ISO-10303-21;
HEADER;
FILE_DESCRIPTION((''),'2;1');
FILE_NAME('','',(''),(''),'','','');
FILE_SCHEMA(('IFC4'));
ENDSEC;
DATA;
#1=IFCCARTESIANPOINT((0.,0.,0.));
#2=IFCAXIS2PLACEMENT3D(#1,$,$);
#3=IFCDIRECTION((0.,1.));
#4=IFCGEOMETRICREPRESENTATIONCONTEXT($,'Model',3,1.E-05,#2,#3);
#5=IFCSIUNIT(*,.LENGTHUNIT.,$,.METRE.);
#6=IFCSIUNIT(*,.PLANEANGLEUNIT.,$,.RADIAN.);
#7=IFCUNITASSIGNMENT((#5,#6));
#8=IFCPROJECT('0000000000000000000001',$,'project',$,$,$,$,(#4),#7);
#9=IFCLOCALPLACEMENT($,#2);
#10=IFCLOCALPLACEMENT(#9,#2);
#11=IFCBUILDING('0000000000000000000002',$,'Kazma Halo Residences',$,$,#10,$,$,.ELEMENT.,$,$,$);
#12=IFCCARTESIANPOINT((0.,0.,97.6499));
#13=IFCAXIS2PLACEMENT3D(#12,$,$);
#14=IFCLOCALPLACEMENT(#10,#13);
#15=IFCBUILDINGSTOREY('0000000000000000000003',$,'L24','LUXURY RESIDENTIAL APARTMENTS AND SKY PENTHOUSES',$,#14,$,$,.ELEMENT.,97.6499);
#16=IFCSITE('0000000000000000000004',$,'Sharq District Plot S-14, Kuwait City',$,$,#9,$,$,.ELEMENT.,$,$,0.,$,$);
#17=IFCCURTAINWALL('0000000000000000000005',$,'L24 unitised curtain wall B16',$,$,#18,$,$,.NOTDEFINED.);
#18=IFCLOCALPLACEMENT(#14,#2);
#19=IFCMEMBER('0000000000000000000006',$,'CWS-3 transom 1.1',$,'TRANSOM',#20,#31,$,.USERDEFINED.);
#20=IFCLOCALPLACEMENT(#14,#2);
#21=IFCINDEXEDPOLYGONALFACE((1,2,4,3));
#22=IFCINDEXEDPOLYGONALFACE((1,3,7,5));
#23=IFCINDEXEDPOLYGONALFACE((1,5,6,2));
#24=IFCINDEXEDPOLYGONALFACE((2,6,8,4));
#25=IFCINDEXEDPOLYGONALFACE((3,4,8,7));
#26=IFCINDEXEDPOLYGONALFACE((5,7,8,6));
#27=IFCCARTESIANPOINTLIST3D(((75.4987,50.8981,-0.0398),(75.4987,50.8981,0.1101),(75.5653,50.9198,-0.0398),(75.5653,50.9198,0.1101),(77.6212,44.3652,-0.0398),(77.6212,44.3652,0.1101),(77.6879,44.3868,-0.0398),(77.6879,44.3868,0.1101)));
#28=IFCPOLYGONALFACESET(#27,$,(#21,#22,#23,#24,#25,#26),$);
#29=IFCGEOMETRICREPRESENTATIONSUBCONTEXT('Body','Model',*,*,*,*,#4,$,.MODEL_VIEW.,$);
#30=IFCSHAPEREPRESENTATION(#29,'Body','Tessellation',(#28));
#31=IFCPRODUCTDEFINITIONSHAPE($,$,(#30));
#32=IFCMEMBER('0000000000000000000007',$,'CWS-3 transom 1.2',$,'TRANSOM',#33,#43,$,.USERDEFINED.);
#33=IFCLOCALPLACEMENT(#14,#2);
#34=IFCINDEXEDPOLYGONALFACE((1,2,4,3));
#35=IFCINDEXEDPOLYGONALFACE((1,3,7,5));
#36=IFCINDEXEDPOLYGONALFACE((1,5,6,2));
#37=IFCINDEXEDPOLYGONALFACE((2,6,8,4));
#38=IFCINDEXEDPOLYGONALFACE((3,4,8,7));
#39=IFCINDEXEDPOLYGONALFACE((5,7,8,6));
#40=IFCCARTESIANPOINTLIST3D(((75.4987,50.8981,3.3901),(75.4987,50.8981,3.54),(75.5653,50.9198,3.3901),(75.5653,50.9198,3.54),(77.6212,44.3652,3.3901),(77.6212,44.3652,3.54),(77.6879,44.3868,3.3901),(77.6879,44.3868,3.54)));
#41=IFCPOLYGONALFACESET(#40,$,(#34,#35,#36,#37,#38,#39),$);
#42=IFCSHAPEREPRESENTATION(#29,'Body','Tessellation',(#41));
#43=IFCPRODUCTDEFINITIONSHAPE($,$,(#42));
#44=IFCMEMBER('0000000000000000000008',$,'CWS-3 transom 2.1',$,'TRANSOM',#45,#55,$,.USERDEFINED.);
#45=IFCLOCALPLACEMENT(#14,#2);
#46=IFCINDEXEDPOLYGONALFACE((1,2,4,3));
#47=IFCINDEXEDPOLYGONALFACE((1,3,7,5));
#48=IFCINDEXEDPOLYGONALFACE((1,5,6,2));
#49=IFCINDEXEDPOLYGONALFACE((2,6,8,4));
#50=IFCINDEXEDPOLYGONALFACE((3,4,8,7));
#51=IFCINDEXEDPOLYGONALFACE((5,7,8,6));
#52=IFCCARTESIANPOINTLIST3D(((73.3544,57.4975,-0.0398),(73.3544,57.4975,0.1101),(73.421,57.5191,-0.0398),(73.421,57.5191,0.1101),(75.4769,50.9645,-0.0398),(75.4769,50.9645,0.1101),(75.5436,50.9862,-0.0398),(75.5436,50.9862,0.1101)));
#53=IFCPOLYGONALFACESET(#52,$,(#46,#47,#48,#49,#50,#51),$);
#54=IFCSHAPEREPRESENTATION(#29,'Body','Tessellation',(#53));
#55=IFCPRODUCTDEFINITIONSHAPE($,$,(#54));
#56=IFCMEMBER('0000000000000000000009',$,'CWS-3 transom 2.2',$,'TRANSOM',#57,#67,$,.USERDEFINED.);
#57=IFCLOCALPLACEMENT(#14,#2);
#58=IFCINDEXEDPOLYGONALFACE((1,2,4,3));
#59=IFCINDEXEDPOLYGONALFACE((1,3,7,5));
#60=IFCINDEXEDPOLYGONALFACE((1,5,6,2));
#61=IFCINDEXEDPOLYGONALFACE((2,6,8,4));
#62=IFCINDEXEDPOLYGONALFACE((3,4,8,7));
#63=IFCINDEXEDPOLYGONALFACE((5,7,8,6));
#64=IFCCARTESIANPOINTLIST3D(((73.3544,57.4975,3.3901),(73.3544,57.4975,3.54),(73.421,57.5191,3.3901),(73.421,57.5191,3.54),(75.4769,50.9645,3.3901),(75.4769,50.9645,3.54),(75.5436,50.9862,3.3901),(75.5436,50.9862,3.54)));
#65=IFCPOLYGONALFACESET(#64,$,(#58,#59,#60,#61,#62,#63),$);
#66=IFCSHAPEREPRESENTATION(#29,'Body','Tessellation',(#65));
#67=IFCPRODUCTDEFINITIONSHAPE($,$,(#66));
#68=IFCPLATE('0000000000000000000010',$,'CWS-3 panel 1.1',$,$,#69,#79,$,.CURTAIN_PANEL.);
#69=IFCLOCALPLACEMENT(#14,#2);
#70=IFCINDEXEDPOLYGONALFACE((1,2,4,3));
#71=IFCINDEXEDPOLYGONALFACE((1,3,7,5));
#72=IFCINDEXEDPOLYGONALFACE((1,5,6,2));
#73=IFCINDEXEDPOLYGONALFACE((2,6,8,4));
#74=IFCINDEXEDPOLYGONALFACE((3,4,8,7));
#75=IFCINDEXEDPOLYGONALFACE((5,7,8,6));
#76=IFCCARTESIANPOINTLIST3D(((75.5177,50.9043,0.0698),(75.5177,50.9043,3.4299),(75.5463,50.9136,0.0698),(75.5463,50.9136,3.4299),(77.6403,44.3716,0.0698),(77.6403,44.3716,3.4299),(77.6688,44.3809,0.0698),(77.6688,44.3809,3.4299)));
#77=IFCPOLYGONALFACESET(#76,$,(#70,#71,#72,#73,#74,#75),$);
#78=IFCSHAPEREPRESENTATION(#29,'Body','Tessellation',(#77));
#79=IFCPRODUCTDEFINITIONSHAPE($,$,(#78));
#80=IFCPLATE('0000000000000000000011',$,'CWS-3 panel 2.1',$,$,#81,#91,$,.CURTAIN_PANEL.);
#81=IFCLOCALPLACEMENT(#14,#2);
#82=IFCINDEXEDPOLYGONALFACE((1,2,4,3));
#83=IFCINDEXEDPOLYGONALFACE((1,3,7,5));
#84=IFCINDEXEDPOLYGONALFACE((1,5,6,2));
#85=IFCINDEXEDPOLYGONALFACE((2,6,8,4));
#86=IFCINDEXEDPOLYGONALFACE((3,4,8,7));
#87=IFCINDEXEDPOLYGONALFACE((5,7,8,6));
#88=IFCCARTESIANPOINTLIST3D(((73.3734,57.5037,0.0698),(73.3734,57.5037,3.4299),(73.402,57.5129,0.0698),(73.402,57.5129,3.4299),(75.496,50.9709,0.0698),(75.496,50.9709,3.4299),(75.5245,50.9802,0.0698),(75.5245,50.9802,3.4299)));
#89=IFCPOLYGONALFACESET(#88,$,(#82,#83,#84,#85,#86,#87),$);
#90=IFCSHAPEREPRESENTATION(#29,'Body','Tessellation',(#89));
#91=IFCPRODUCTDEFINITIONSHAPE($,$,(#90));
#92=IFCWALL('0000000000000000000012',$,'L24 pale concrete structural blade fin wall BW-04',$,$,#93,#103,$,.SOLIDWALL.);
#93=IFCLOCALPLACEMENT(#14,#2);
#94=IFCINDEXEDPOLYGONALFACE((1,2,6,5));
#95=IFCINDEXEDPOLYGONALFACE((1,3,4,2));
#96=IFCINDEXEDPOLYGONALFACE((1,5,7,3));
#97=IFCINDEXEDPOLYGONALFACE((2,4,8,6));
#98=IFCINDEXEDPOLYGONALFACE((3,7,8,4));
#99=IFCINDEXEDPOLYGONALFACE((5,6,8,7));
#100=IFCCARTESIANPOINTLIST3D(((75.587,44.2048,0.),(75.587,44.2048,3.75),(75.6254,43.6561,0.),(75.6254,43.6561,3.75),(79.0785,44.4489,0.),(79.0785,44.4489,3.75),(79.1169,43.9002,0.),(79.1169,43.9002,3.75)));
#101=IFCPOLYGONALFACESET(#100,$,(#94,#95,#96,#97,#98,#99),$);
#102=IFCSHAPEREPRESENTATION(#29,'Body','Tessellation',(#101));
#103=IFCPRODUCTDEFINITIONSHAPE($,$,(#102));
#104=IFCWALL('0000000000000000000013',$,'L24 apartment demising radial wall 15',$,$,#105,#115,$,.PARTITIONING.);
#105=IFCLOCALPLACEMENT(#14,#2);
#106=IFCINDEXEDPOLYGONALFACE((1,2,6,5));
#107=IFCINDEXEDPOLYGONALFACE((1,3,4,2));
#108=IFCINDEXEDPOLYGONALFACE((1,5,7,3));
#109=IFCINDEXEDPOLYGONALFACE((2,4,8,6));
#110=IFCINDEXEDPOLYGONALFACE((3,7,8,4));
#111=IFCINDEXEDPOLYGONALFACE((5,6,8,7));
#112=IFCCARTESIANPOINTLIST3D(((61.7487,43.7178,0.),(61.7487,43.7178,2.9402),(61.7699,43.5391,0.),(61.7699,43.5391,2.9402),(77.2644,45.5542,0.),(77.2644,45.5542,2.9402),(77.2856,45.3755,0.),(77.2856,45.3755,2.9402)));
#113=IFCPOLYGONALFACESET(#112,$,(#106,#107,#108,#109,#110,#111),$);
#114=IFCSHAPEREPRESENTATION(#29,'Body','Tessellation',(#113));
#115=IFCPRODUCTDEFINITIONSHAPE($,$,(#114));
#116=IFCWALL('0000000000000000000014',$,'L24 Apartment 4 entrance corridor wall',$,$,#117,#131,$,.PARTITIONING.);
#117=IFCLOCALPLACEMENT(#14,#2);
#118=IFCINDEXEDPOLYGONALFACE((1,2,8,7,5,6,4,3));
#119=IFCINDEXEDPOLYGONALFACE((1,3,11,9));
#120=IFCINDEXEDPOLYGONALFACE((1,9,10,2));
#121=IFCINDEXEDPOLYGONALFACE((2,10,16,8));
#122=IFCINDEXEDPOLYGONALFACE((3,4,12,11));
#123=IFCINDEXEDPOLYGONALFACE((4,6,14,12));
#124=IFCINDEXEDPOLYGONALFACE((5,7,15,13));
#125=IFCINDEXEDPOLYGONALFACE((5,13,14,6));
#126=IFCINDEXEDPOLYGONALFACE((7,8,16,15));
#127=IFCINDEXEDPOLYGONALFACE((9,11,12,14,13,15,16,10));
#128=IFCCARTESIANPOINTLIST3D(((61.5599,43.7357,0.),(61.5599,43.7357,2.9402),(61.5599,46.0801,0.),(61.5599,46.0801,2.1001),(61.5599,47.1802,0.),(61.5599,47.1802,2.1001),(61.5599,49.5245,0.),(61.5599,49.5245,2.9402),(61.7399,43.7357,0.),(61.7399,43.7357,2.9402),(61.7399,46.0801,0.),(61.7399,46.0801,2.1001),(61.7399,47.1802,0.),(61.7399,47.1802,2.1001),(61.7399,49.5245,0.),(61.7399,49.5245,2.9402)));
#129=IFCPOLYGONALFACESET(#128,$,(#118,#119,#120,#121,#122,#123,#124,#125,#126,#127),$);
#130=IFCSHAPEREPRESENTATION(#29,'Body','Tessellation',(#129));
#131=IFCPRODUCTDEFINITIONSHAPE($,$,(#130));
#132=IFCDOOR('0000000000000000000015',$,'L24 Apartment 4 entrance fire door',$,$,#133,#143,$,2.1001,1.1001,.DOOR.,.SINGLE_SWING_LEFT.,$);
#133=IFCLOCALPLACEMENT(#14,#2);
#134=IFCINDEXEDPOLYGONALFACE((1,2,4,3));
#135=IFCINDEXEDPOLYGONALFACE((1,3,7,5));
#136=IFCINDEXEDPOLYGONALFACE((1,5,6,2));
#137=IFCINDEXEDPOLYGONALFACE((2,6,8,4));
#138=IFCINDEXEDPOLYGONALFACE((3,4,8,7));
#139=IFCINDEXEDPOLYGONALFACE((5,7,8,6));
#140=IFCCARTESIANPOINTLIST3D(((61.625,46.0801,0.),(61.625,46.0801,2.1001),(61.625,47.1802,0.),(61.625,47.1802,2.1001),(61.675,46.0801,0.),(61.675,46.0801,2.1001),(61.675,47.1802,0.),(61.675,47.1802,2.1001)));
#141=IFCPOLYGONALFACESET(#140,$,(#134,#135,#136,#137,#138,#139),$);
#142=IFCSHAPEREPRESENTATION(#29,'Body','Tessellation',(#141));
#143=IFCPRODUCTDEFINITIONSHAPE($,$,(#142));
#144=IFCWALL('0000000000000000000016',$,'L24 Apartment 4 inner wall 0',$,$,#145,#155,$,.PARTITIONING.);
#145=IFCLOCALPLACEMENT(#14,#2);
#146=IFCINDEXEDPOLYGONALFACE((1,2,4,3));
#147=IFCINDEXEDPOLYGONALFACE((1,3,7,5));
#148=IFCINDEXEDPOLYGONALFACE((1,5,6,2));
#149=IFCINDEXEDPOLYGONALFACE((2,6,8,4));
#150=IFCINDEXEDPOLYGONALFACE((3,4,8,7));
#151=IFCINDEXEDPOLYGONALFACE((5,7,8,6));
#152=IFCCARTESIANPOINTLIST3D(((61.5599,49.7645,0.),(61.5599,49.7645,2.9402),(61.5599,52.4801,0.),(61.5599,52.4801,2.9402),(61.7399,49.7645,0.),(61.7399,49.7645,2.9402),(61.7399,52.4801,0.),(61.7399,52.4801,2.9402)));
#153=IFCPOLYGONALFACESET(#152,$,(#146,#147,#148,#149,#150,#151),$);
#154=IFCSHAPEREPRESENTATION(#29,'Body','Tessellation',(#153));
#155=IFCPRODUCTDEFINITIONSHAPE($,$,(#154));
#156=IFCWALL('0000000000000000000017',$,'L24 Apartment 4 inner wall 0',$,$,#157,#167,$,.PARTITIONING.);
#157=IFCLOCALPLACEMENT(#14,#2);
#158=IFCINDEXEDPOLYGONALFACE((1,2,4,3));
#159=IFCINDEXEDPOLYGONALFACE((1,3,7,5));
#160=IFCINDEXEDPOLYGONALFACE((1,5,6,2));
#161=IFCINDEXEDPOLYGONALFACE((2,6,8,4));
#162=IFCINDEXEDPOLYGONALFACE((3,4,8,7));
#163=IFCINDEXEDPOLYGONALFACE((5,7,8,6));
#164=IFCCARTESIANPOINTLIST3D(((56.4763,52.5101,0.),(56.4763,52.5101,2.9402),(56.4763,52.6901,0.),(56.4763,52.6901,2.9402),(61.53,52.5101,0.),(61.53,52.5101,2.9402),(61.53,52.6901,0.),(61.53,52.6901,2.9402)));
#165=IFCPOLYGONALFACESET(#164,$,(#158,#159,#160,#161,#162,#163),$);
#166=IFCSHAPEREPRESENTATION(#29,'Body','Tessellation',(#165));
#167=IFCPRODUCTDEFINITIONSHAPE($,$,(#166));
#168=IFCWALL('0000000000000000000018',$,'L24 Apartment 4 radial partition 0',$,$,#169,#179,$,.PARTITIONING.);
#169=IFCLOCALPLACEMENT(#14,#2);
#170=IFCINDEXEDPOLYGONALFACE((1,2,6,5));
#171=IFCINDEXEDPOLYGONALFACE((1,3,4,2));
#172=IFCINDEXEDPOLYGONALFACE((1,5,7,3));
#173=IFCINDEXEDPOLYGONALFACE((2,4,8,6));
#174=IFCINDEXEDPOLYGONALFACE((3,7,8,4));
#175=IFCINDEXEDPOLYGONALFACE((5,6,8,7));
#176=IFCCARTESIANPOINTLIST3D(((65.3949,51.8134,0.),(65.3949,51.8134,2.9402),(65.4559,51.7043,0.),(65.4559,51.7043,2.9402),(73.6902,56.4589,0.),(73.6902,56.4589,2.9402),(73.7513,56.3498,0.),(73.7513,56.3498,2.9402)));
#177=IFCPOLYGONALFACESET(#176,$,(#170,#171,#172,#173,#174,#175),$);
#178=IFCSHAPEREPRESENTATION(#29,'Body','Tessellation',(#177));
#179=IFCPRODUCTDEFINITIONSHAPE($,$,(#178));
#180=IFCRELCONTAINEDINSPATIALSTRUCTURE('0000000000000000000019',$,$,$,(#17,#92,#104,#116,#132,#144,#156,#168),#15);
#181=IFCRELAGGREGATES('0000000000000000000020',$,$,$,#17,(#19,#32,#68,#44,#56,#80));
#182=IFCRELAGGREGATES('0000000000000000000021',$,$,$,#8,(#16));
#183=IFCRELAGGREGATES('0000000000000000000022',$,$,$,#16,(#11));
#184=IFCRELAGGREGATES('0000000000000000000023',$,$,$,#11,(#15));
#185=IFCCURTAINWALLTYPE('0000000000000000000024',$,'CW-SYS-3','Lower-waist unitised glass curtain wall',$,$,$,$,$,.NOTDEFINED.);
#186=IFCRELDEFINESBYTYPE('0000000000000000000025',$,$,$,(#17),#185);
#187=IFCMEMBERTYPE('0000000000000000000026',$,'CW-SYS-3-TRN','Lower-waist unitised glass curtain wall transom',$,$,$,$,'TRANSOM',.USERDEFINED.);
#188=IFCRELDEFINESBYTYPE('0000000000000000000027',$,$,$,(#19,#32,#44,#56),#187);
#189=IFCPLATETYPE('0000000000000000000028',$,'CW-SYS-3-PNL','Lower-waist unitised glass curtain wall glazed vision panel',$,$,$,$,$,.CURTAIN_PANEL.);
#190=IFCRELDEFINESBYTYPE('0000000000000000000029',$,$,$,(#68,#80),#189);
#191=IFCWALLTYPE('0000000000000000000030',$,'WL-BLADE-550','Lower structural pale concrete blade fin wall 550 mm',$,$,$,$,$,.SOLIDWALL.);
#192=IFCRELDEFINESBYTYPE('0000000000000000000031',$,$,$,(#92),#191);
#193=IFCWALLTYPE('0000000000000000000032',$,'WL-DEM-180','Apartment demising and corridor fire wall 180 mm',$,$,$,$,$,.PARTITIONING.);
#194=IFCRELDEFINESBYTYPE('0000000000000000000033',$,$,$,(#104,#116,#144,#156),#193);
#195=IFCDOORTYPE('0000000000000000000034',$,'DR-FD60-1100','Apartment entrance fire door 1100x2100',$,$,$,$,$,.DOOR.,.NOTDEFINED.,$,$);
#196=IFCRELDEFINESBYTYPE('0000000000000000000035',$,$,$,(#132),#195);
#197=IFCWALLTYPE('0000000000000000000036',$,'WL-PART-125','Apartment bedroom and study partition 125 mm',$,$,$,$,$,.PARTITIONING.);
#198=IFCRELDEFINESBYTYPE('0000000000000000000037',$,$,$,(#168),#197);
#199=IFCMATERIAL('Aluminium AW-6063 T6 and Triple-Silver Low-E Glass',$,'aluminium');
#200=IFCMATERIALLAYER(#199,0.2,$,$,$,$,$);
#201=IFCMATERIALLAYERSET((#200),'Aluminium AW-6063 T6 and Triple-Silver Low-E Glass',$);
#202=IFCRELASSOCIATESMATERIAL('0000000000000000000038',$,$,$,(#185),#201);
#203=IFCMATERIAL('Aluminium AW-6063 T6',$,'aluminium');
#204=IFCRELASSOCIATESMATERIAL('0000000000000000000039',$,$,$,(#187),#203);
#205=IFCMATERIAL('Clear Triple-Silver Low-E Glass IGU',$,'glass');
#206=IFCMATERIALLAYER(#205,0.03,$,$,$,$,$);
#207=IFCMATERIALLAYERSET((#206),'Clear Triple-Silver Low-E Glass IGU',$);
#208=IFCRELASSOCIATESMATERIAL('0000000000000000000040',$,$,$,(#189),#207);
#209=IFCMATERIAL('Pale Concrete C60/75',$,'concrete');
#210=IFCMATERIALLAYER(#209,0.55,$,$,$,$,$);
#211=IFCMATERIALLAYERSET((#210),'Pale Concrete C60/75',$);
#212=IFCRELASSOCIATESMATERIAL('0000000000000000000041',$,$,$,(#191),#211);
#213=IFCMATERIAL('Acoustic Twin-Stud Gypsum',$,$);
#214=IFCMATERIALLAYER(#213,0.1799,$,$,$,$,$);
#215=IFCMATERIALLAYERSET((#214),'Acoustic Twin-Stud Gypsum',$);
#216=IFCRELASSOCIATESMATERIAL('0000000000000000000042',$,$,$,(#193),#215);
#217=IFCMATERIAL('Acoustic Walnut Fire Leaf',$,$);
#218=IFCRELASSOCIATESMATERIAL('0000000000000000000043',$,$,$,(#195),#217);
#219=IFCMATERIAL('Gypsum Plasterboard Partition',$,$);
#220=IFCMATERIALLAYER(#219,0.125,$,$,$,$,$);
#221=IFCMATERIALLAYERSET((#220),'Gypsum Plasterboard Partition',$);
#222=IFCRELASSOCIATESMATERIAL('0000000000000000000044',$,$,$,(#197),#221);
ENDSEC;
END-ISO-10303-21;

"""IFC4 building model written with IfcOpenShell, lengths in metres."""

from ifc_helpers import new_model, si_unit, direction, frame, frame_2d, origin, origin_2d, place, context, subcontext, project, spatial, rectangle, extrude, material, layer, layer_set, material_profile, profile_set, type_object, element, fill, aggregate, save


model = new_model("IFC4")

# Units and contexts
model_context = context("Model", 3, precision=1e-05, world=origin(), true_north=direction((0.0, 1.0)))
body_context = subcontext(model_context, "Body", "Model", "MODEL_VIEW")
ifc_project = project(units=[si_unit("LENGTHUNIT", "METRE"), si_unit("PLANEANGLEUNIT", "RADIAN")], contexts=[model_context])

# Site, building, storey
site_placement = place(None, origin())
site = spatial("IfcSite", under=ifc_project, at=site_placement, Name="Sharq District Plot S-14, Kuwait City", CompositionType="ELEMENT", RefElevation=0.0)
building_placement = place(site_placement, origin())
building = spatial("IfcBuilding", under=site, at=building_placement, Name="Kazma Halo Residences", CompositionType="ELEMENT")
storey_placement = place(building_placement, frame((0.0, 0.0, 97.6499)))
storey = spatial("IfcBuildingStorey", under=building, at=storey_placement, Name="L24", Description="LUXURY RESIDENTIAL APARTMENTS AND SKY PENTHOUSES", CompositionType="ELEMENT", Elevation=97.6499)

# Shared definitions
ifc_material_1 = material(Name="Aluminium AW-6063 T6 and Triple-Silver Low-E Glass", Category="aluminium")
ifc_layer_1 = layer(ifc_material_1, 0.2)
ifc_layer_set_1 = layer_set([ifc_layer_1], Name="Aluminium AW-6063 T6 and Triple-Silver Low-E Glass")
curtain_wall_type = type_object("IfcCurtainWallType", Name="CW-SYS-3", Description="Lower-waist unitised glass curtain wall", PredefinedType="NOTDEFINED", material=ifc_layer_set_1)
ifc_material_2 = material(Name="Aluminium AW-6063 T6", Category="aluminium")

# Curtain wall, members, plates
curtain_wall_1_placement = place(storey_placement, origin())
curtain_wall_1 = element("IfcCurtainWall", 1, at=curtain_wall_1_placement, inside=storey, type_object=curtain_wall_type, Name="L24 unitised curtain wall B16", PredefinedType="NOTDEFINED")
ifc_material_profile_1 = material_profile(ifc_material_2, rectangle(XDim=0.0701, YDim=0.1499, at=origin_2d()), Name="CWT-70x150")
ifc_profile_set_1 = profile_set([ifc_material_profile_1], Name="Aluminium AW-6063 T6")
member_type_1 = type_object("IfcMemberType", Name="CW-SYS-3-TRN", Description="Lower-waist unitised glass curtain wall transom", ElementType="TRANSOM", PredefinedType="USERDEFINED", material=ifc_profile_set_1)
member_1_placement = place(storey_placement, frame((77.6545, 44.376, 0.0352), z_axis=(-0.309, 0.951062, 0.0), x_axis=(-0.951062, -0.309, 0.0)))
member_1 = element("IfcMember", 2, at=member_1_placement, type_object=member_type_1, Name="CWS-3 transom 1.1", ObjectType="TRANSOM", PredefinedType="USERDEFINED", context=body_context, shape_type="SweptSolid", body=[
    extrude(rectangle(XDim=0.0701, YDim=0.1499, at=origin_2d()), origin(), (0.0, 0.0, 1.0), 6.8691),
])
member_2_placement = place(storey_placement, frame((77.6545, 44.376, 3.4651), z_axis=(-0.309, 0.951062, 0.0), x_axis=(-0.951062, -0.309, 0.0)))
member_2 = element("IfcMember", 3, at=member_2_placement, type_object=member_type_1, Name="CWS-3 transom 1.2", ObjectType="TRANSOM", PredefinedType="USERDEFINED", context=body_context, shape_type="SweptSolid", body=[
    extrude(rectangle(XDim=0.0701, YDim=0.1499, at=origin_2d()), origin(), (0.0, 0.0, 1.0), 6.8691),
])
member_3_placement = place(storey_placement, frame((75.5103, 50.9753, 0.0352), z_axis=(-0.309, 0.951062, 0.0), x_axis=(-0.951062, -0.309, 0.0)))
member_3 = element("IfcMember", 4, at=member_3_placement, type_object=member_type_1, Name="CWS-3 transom 2.1", ObjectType="TRANSOM", PredefinedType="USERDEFINED", context=body_context, shape_type="SweptSolid", body=[
    extrude(rectangle(XDim=0.0701, YDim=0.1499, at=origin_2d()), origin(), (0.0, 0.0, 1.0), 6.8691),
])
member_4_placement = place(storey_placement, frame((75.5103, 50.9753, 3.4651), z_axis=(-0.309, 0.951062, 0.0), x_axis=(-0.951062, -0.309, 0.0)))
member_4 = element("IfcMember", 5, at=member_4_placement, type_object=member_type_1, Name="CWS-3 transom 2.2", ObjectType="TRANSOM", PredefinedType="USERDEFINED", context=body_context, shape_type="SweptSolid", body=[
    extrude(rectangle(XDim=0.0701, YDim=0.1499, at=origin_2d()), origin(), (0.0, 0.0, 1.0), 6.8691),
])
ifc_material_3 = material(Name="Clear Triple-Silver Low-E Glass IGU", Category="glass")
ifc_layer_2 = layer(ifc_material_3, 0.03)
ifc_layer_set_2 = layer_set([ifc_layer_2], Name="Clear Triple-Silver Low-E Glass IGU")
plate_type = type_object("IfcPlateType", Name="CW-SYS-3-PNL", Description="Lower-waist unitised glass curtain wall glazed vision panel", PredefinedType="CURTAIN_PANEL", material=ifc_layer_set_2)
plate_1_placement = place(storey_placement, frame((76.5933, 47.6426, 0.0698), z_axis=(0.0, 0.0, 1.0), x_axis=(-0.309013, 0.951058, 0.0)))
plate_1 = element("IfcPlate", 6, at=plate_1_placement, type_object=plate_type, Name="CWS-3 panel 1.1", PredefinedType="CURTAIN_PANEL", context=body_context, shape_type="SweptSolid", body=[
    extrude(rectangle(XDim=6.8689, YDim=0.03, at=origin_2d()), origin(), (0.0, 0.0, 1.0), 3.3601),
])
plate_2_placement = place(storey_placement, frame((74.449, 54.2419, 0.0698), z_axis=(0.0, 0.0, 1.0), x_axis=(-0.309013, 0.951058, 0.0)))
plate_2 = element("IfcPlate", 7, at=plate_2_placement, type_object=plate_type, Name="CWS-3 panel 2.1", PredefinedType="CURTAIN_PANEL", context=body_context, shape_type="SweptSolid", body=[
    extrude(rectangle(XDim=6.8689, YDim=0.03, at=origin_2d()), origin(), (0.0, 0.0, 1.0), 3.3601),
])
aggregate(curtain_wall_1, [member_1, member_2, plate_1, member_3, member_4, plate_2])

# Walls
ifc_material_4 = material(Name="Pale Concrete C60/75", Category="concrete")
ifc_layer_3 = layer(ifc_material_4, 0.55)
ifc_layer_set_3 = layer_set([ifc_layer_3], Name="Pale Concrete C60/75")
wall_type_1 = type_object("IfcWallType", Name="WL-BLADE-550", Description="Lower structural pale concrete blade fin wall 550 mm", PredefinedType="SOLIDWALL", material=ifc_layer_set_3)
wall_1_placement = place(storey_placement, frame((75.6062, 43.9304, 0.0), z_axis=(0.0, 0.0, 1.0), x_axis=(0.997564, 0.069755, 0.0)))
element("IfcWall", 8, at=wall_1_placement, inside=storey, type_object=wall_type_1, Name="L24 pale concrete structural blade fin wall BW-04", PredefinedType="SOLIDWALL", context=body_context, shape_type="SweptSolid", body=[
    extrude(rectangle(XDim=3.5, YDim=0.55, at=frame_2d((1.75, 0.0))), origin(), (0.0, 0.0, 1.0), 3.75),
])
ifc_material_5 = material(Name="Acoustic Twin-Stud Gypsum")
ifc_layer_4 = layer(ifc_material_5, 0.1799)
ifc_layer_set_4 = layer_set([ifc_layer_4], Name="Acoustic Twin-Stud Gypsum")
wall_type_2 = type_object("IfcWallType", Name="WL-DEM-180", Description="Apartment demising and corridor fire wall 180 mm", PredefinedType="PARTITIONING", material=ifc_layer_set_4)
wall_2_placement = place(storey_placement, frame((61.7593, 43.6284, 0.0), z_axis=(0.0, 0.0, 1.0), x_axis=(0.993068, 0.117539, 0.0)))
element("IfcWall", 9, at=wall_2_placement, inside=storey, type_object=wall_type_2, Name="L24 apartment demising radial wall 15", PredefinedType="PARTITIONING", context=body_context, shape_type="SweptSolid", body=[
    extrude(rectangle(XDim=15.624, YDim=0.1799, at=frame_2d((7.812, 0.0))), origin(), (0.0, 0.0, 1.0), 2.9402),
])

# Wall, opening, door
wall_3_placement = place(storey_placement, frame((61.6499, 43.7356, 0.0), z_axis=(0.0, 0.0, 1.0), x_axis=(0.0, 1.0, 0.0)))
wall_3 = element("IfcWall", 10, at=wall_3_placement, inside=storey, type_object=wall_type_2, Name="L24 Apartment 4 entrance corridor wall", PredefinedType="PARTITIONING", context=body_context, shape_type="SweptSolid", body=[
    extrude(rectangle(XDim=5.7888, YDim=0.1799, at=frame_2d((2.8945, 0.0))), origin(), (0.0, 0.0, 1.0), 2.9402),
])
opening_1_placement = place(wall_3_placement, frame((2.3445, 0.0, 0.0)))
opening_1 = element("IfcOpeningElement", 11, at=opening_1_placement, cuts=wall_3, PredefinedType="OPENING", context=body_context, shape_type="SweptSolid", body=[
    extrude(rectangle(XDim=1.1001, YDim=2.1001, at=frame_2d((0.55, 1.05))), frame((0.0, 0.0999, 0.0), z_axis=(0.0, -1.0, 0.0), x_axis=(1.0, 0.0, 0.0)), (0.0, 0.0, 1.0), 0.2),
])
ifc_material_6 = material(Name="Acoustic Walnut Fire Leaf")
door_type_1 = type_object("IfcDoorType", Name="DR-FD60-1100", Description="Apartment entrance fire door 1100x2100", OperationType="NOTDEFINED", PredefinedType="DOOR", material=ifc_material_6)
door_1_placement = place(opening_1_placement, origin())
door_1 = element("IfcDoor", 12, at=door_1_placement, inside=storey, type_object=door_type_1, Name="L24 Apartment 4 entrance fire door", OperationType="SINGLE_SWING_LEFT", OverallHeight=2.1001, OverallWidth=1.1001, PredefinedType="DOOR", context=body_context, shape_type="SweptSolid", body=[
    extrude(rectangle(XDim=1.1001, YDim=2.1001, at=frame_2d((0.55, 1.05))), frame((0.0, 0.0249, 0.0), z_axis=(0.0, -1.0, 0.0), x_axis=(1.0, 0.0, 0.0)), (0.0, 0.0, 1.0), 0.05),
])
fill(opening_1, door_1)

# Walls
wall_4_placement = place(storey_placement, frame((61.6499, 49.7644, 0.0), z_axis=(0.0, 0.0, 1.0), x_axis=(0.0, 1.0, 0.0)))
element("IfcWall", 13, at=wall_4_placement, inside=storey, type_object=wall_type_2, Name="L24 Apartment 4 inner wall 0", PredefinedType="PARTITIONING", context=body_context, shape_type="SweptSolid", body=[
    extrude(rectangle(XDim=2.7156, YDim=0.1799, at=frame_2d((1.3579, 0.0))), origin(), (0.0, 0.0, 1.0), 2.9402),
])
wall_5_placement = place(storey_placement, frame((61.53, 52.6001, 0.0), z_axis=(0.0, 0.0, 1.0), x_axis=(-1.0, 0.0, 0.0)))
element("IfcWall", 14, at=wall_5_placement, inside=storey, type_object=wall_type_2, Name="L24 Apartment 4 inner wall 0", PredefinedType="PARTITIONING", context=body_context, shape_type="SweptSolid", body=[
    extrude(rectangle(XDim=5.0537, YDim=0.1799, at=frame_2d((2.5269, 0.0))), origin(), (0.0, 0.0, 1.0), 2.9402),
])
ifc_material_7 = material(Name="Gypsum Plasterboard Partition")
ifc_layer_5 = layer(ifc_material_7, 0.125)
ifc_layer_set_5 = layer_set([ifc_layer_5], Name="Gypsum Plasterboard Partition")
wall_type_3 = type_object("IfcWallType", Name="WL-PART-125", Description="Apartment bedroom and study partition 125 mm", PredefinedType="PARTITIONING", material=ifc_layer_set_5)
wall_6_placement = place(storey_placement, frame((65.4253, 51.7588, 0.0), z_axis=(0.0, 0.0, 1.0), x_axis=(0.872503, 0.48861, 0.0)))
element("IfcWall", 15, at=wall_6_placement, inside=storey, type_object=wall_type_3, Name="L24 Apartment 4 radial partition 0", PredefinedType="PARTITIONING", context=body_context, shape_type="SweptSolid", body=[
    extrude(rectangle(XDim=9.5076, YDim=0.125, at=frame_2d((4.7539, 0.0))), origin(), (0.0, 0.0, 1.0), 2.9402),
])

save(model, "model.ifc")
